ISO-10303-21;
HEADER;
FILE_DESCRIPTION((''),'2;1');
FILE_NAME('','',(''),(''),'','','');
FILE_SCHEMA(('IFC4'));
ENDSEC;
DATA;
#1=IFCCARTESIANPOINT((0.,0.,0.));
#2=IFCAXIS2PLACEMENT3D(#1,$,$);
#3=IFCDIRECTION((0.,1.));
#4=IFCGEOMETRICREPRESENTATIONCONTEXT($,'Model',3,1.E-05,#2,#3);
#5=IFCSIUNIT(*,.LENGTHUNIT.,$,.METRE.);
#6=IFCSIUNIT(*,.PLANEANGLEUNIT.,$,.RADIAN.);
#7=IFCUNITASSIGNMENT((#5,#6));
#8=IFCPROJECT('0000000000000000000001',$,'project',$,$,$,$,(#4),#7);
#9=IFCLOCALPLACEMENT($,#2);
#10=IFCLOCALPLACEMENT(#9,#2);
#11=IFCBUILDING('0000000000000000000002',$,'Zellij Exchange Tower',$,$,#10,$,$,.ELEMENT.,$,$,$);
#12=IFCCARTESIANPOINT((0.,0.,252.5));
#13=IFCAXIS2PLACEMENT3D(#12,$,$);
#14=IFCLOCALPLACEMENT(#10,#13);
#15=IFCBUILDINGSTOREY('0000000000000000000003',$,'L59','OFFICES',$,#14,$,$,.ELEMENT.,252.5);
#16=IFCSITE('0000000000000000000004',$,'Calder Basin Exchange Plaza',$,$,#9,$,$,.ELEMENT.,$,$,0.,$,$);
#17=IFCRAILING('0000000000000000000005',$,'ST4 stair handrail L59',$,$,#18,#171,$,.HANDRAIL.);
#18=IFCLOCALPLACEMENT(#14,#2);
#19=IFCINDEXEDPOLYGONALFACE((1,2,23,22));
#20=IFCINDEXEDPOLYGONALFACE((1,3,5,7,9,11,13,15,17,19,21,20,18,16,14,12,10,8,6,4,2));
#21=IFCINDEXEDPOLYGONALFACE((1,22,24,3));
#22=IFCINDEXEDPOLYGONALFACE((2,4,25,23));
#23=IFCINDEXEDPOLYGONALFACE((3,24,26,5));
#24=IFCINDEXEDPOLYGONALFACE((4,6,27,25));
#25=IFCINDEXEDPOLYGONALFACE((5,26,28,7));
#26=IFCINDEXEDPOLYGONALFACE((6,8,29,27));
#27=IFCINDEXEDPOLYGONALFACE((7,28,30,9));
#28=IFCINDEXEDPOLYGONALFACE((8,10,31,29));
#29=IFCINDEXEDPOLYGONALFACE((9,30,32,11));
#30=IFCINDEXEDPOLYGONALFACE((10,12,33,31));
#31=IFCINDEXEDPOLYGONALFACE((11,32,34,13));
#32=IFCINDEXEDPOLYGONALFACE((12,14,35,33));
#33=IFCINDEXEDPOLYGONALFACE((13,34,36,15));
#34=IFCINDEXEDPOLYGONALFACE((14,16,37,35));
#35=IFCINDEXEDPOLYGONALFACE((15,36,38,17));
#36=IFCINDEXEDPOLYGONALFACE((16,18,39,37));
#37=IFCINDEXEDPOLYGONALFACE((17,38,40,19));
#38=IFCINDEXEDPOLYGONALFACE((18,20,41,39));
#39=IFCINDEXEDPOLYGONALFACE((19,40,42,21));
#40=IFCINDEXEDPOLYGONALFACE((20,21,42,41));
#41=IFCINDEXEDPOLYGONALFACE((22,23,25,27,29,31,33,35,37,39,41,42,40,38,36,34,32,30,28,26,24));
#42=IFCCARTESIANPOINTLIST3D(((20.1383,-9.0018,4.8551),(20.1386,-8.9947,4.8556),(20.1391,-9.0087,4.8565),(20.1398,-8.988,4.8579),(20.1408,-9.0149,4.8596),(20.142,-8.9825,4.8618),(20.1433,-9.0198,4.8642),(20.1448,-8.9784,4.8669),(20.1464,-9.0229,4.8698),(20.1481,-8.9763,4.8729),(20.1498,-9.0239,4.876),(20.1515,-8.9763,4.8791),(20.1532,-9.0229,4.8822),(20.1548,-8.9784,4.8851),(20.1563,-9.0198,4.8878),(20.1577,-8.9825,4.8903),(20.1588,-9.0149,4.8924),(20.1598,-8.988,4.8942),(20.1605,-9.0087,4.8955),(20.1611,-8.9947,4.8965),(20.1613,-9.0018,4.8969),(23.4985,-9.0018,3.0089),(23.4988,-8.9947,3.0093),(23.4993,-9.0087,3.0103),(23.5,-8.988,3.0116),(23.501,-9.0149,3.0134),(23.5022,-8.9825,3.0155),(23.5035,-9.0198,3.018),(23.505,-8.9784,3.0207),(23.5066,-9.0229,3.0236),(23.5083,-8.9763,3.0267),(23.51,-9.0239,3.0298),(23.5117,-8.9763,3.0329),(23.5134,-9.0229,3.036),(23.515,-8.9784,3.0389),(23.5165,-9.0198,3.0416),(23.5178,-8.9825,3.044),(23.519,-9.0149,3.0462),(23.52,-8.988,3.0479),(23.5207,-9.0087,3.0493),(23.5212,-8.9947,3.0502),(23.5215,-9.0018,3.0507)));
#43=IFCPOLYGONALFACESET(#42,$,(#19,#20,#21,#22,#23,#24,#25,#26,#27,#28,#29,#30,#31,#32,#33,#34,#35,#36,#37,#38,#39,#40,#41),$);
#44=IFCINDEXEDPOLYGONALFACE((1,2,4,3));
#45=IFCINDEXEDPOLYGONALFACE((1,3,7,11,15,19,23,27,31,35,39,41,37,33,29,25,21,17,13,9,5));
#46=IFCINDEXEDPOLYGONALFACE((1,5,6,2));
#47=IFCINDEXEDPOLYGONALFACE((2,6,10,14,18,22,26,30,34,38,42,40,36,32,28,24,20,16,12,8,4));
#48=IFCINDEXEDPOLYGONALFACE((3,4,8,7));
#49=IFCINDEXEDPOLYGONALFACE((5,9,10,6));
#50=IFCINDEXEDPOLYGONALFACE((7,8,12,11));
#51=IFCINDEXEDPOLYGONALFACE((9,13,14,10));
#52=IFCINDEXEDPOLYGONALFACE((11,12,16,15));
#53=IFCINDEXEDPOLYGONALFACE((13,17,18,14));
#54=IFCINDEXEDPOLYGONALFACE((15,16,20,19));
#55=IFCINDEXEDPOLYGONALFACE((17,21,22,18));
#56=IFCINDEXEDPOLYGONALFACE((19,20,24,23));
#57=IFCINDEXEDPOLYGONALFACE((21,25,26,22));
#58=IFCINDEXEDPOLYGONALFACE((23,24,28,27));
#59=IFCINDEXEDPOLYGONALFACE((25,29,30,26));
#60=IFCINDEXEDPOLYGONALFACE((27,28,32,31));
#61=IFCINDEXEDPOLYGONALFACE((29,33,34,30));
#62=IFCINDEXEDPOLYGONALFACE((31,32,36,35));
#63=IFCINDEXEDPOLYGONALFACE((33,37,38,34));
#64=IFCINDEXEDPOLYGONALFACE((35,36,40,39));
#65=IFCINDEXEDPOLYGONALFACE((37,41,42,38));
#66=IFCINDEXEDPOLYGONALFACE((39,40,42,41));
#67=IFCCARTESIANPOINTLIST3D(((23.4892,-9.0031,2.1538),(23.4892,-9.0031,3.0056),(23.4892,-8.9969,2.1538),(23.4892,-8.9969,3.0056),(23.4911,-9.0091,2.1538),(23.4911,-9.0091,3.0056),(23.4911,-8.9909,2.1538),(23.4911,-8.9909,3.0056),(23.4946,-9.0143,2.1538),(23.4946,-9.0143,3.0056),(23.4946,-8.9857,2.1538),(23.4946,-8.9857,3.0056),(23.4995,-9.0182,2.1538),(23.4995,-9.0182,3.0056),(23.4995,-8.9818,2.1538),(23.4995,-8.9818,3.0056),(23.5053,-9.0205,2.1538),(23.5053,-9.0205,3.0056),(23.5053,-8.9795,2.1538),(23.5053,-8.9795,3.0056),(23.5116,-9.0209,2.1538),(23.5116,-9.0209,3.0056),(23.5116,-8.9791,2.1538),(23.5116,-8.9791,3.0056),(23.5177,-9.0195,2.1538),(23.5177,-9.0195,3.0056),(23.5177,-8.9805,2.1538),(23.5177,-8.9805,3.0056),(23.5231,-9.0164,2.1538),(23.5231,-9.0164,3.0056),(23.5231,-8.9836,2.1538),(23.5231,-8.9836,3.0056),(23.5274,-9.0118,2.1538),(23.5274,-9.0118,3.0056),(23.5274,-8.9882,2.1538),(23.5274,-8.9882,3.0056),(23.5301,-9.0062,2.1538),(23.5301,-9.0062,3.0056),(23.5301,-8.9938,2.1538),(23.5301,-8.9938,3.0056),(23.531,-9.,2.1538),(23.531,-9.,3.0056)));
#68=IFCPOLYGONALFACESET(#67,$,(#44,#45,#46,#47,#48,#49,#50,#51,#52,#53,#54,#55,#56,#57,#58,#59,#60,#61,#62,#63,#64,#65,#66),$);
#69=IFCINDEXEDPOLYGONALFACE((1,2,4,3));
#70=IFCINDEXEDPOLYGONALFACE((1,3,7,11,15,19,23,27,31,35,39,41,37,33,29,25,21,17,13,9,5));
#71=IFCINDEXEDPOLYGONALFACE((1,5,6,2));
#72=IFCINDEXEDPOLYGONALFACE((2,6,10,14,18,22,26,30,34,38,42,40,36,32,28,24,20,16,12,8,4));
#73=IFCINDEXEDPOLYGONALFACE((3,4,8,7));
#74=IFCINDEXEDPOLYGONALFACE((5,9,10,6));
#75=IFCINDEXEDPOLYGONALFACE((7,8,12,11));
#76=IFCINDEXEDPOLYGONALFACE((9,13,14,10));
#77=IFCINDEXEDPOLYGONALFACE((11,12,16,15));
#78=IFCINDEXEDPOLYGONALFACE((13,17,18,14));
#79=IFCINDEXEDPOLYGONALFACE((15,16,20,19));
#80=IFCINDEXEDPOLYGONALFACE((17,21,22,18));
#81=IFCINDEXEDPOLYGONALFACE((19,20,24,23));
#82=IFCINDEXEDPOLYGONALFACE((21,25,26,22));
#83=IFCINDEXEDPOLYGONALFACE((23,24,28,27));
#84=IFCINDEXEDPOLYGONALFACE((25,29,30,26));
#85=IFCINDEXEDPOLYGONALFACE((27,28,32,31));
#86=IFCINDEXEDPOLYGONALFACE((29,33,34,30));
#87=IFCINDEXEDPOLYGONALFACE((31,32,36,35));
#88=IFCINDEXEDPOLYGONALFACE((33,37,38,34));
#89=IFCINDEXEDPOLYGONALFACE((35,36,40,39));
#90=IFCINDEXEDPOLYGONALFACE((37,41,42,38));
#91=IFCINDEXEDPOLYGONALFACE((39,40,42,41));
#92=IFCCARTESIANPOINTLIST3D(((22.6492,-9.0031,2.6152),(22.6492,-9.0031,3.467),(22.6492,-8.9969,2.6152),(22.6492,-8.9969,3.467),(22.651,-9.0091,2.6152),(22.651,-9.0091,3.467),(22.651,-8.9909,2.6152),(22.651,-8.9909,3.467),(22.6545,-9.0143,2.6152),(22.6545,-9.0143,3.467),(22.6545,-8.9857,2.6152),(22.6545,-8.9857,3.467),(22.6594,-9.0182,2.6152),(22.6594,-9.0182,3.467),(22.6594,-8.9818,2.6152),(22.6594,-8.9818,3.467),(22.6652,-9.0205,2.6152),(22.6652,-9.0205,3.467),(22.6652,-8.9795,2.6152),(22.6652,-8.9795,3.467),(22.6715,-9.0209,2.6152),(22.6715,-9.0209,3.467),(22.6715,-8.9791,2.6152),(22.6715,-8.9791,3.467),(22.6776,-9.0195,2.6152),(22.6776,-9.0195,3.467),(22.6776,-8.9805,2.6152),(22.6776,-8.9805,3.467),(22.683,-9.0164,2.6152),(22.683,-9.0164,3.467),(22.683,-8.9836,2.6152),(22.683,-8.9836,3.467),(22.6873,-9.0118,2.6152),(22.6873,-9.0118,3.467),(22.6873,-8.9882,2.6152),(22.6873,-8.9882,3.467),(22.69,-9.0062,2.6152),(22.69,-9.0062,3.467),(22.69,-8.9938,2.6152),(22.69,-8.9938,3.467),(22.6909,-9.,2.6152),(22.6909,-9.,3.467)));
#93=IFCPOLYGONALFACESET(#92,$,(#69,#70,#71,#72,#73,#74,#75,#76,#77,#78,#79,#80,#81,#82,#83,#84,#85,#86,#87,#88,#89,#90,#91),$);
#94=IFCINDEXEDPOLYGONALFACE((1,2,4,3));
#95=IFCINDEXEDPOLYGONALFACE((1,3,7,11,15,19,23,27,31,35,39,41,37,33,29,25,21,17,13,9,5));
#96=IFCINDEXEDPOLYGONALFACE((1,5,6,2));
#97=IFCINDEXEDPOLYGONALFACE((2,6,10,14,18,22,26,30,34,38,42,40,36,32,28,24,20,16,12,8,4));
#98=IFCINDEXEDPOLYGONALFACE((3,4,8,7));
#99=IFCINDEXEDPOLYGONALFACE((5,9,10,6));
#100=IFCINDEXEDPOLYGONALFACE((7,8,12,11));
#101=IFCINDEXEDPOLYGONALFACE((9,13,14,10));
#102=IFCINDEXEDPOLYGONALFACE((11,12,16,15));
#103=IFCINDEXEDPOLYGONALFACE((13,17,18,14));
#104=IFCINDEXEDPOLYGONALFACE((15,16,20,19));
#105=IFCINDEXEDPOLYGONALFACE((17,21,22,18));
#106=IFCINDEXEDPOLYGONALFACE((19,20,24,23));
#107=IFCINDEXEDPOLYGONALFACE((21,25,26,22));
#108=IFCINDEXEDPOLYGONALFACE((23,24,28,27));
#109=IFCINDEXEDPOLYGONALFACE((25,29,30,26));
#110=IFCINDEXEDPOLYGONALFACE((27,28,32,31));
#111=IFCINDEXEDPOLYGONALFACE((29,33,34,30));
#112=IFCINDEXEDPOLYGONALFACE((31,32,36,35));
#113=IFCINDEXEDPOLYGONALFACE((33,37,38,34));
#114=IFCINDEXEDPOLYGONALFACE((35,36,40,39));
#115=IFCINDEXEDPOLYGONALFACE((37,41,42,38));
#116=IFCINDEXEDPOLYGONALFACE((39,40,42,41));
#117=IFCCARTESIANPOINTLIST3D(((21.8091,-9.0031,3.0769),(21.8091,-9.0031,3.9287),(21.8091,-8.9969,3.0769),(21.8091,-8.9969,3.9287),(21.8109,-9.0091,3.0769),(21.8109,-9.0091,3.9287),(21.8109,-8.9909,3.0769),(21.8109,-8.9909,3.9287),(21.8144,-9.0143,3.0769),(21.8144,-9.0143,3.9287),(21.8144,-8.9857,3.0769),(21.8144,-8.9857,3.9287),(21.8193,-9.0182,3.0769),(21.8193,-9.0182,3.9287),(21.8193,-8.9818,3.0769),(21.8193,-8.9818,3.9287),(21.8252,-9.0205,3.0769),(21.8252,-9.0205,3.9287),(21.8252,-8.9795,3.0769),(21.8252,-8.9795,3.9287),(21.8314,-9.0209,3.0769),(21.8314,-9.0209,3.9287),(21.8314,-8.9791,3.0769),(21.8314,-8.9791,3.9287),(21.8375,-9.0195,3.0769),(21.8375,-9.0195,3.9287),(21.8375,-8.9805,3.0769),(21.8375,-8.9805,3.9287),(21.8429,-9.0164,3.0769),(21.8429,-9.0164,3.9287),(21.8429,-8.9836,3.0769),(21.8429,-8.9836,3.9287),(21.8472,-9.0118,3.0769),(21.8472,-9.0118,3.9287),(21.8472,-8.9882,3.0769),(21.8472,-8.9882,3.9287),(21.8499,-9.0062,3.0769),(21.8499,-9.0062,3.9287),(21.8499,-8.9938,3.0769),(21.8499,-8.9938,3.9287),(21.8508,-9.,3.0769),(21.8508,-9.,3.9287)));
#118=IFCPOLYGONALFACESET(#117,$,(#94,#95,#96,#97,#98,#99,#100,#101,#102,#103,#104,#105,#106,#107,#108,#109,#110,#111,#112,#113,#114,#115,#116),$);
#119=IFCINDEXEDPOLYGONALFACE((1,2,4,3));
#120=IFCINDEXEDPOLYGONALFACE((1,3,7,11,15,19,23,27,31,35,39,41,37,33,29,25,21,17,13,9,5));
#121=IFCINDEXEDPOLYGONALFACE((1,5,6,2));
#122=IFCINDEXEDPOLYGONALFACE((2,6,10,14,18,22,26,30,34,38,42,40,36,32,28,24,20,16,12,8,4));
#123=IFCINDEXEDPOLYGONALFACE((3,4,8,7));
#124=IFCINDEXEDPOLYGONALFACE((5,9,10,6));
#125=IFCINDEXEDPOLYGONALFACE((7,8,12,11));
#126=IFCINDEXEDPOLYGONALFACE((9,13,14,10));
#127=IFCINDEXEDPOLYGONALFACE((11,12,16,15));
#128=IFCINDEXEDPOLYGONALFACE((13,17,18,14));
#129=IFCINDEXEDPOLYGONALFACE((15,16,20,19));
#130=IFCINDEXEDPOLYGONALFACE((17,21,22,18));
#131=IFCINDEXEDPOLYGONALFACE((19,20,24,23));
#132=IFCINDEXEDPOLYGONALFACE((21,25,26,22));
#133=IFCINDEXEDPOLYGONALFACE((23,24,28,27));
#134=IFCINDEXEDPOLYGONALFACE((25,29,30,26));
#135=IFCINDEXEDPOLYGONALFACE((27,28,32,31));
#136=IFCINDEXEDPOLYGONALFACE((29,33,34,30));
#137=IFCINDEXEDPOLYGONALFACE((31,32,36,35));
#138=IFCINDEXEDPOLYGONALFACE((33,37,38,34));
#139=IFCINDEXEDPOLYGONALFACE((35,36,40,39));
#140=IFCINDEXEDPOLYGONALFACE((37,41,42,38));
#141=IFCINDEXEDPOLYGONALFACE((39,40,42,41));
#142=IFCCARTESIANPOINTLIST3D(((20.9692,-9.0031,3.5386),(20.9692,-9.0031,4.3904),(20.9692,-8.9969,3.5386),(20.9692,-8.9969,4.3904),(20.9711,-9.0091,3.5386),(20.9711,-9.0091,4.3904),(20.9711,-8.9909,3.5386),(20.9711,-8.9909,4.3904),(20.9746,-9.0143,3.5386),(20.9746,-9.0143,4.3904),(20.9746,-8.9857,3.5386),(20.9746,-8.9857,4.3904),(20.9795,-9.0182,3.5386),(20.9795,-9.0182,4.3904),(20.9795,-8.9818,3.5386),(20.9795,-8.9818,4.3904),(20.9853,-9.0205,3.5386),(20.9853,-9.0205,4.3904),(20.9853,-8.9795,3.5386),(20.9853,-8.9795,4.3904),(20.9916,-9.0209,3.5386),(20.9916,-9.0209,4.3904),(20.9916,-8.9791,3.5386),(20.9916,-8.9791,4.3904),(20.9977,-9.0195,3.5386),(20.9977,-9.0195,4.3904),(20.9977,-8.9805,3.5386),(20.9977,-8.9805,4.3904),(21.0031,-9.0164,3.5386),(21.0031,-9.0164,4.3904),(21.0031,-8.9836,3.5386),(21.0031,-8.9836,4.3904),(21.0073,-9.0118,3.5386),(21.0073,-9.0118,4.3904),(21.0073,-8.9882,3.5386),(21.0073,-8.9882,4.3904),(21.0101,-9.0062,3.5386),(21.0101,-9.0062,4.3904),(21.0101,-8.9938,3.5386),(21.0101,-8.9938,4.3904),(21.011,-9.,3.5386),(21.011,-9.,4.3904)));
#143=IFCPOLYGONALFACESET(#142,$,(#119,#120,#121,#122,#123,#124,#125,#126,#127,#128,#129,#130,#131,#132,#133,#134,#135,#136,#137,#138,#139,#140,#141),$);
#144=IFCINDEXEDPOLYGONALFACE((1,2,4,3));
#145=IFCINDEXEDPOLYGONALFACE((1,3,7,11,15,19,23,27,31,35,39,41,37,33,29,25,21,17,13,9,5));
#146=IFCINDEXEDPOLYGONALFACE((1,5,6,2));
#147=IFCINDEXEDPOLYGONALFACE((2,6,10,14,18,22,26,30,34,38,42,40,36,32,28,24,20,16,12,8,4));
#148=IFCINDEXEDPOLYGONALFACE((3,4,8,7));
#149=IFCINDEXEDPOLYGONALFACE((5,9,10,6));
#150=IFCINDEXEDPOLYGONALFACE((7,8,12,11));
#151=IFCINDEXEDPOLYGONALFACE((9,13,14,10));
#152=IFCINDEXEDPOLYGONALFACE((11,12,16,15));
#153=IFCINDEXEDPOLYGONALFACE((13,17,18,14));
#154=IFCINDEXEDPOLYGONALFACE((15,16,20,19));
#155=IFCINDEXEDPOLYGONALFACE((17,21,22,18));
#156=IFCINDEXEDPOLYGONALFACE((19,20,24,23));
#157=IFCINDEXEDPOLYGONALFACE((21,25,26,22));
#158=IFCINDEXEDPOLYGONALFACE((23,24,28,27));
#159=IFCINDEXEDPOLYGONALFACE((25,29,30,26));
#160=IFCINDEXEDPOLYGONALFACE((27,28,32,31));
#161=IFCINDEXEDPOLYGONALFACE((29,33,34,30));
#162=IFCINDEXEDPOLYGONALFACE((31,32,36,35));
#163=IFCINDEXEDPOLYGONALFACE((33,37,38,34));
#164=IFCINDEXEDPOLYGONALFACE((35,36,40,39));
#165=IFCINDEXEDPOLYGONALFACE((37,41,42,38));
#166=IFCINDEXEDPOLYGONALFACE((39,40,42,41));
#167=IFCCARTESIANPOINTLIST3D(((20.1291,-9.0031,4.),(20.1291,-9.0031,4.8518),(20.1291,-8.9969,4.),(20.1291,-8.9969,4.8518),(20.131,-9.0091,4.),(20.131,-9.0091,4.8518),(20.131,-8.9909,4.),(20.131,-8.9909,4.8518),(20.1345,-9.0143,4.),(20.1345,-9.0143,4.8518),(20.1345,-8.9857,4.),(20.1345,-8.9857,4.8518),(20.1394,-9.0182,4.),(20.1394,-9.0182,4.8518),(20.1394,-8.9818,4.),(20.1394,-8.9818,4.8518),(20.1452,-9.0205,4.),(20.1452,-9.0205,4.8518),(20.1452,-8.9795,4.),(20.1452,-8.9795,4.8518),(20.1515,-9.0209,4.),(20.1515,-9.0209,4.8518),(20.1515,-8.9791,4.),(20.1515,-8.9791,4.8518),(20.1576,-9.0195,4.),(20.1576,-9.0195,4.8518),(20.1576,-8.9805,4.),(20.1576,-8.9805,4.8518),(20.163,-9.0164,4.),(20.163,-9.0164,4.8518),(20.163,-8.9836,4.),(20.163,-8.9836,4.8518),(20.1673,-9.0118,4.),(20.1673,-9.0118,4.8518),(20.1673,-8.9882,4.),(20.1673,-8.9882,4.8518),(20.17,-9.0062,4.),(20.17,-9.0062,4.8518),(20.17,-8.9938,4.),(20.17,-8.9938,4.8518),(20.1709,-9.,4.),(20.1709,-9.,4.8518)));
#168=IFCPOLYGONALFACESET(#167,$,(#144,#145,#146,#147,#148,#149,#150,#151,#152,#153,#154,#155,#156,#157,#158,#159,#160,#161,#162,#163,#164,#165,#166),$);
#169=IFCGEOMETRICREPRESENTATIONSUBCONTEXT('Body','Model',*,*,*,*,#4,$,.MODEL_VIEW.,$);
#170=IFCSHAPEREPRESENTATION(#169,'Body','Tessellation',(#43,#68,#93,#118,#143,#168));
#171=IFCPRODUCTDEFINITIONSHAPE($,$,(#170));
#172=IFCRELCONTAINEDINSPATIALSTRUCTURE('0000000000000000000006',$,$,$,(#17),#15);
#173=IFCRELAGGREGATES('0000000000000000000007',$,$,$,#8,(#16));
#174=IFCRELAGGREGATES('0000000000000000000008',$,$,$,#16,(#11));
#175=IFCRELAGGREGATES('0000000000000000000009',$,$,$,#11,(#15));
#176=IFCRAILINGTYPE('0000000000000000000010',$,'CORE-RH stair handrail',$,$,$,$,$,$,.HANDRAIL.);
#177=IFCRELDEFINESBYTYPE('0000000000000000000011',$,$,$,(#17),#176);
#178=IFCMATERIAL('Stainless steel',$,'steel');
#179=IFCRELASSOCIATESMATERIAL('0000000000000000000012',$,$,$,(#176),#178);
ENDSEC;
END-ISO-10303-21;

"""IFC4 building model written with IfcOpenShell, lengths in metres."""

from ifc_helpers import new_model, si_unit, direction, frame, origin, origin_2d, place, context, subcontext, project, spatial, circle, extrude, material, type_object, element, save


model = new_model("IFC4")

# Units and contexts
model_context = context("Model", 3, precision=1e-05, world=origin(), true_north=direction((0.0, 1.0)))
body_context = subcontext(model_context, "Body", "Model", "MODEL_VIEW")
ifc_project = project(units=[si_unit("LENGTHUNIT", "METRE"), si_unit("PLANEANGLEUNIT", "RADIAN")], contexts=[model_context])

# Site, building, storey
site_placement = place(None, origin())
site = spatial("IfcSite", under=ifc_project, at=site_placement, Name="Calder Basin Exchange Plaza", CompositionType="ELEMENT", RefElevation=0.0)
building_placement = place(site_placement, origin())
building = spatial("IfcBuilding", under=site, at=building_placement, Name="Zellij Exchange Tower", CompositionType="ELEMENT")
storey_placement = place(building_placement, frame((0.0, 0.0, 252.5)))
storey = spatial("IfcBuildingStorey", under=building, at=storey_placement, Name="L59", Description="OFFICES", CompositionType="ELEMENT", Elevation=252.5)

# Railing
ifc_material_1 = material(Name="Stainless steel", Category="steel")
railing_type_1 = type_object("IfcRailingType", Name="CORE-RH stair handrail", PredefinedType="HANDRAIL", material=ifc_material_1)
railing_1_placement = place(storey_placement, frame((23.51, -9.0, 2.1538)))
element("IfcRailing", 1, at=railing_1_placement, inside=storey, type_object=railing_type_1, Name="ST4 stair handrail L59", PredefinedType="HANDRAIL", context=body_context, shape_type="SweptSolid", body=[
    extrude(circle(Radius=0.0239, at=origin_2d()), frame((0.0, 0.0, 0.876), z_axis=(-0.876422, 0.0, 0.481545), x_axis=(0.0, -1.0, 0.0)), (0.0, 0.0, 1.0), 3.834),
    extrude(circle(Radius=0.021, at=origin_2d()), origin(), (0.0, 0.0, 1.0), 0.8518),
    extrude(circle(Radius=0.021, at=origin_2d()), frame((-0.8401, 0.0, 0.4614)), (0.0, 0.0, 1.0), 0.8518),
    extrude(circle(Radius=0.021, at=origin_2d()), frame((-1.6802, 0.0, 0.9231)), (0.0, 0.0, 1.0), 0.8518),
    extrude(circle(Radius=0.021, at=origin_2d()), frame((-2.52, 0.0, 1.3848)), (0.0, 0.0, 1.0), 0.8518),
    extrude(circle(Radius=0.021, at=origin_2d()), frame((-3.3601, 0.0, 1.8462)), (0.0, 0.0, 1.0), 0.8518),
])

save(model, "model.ifc")
